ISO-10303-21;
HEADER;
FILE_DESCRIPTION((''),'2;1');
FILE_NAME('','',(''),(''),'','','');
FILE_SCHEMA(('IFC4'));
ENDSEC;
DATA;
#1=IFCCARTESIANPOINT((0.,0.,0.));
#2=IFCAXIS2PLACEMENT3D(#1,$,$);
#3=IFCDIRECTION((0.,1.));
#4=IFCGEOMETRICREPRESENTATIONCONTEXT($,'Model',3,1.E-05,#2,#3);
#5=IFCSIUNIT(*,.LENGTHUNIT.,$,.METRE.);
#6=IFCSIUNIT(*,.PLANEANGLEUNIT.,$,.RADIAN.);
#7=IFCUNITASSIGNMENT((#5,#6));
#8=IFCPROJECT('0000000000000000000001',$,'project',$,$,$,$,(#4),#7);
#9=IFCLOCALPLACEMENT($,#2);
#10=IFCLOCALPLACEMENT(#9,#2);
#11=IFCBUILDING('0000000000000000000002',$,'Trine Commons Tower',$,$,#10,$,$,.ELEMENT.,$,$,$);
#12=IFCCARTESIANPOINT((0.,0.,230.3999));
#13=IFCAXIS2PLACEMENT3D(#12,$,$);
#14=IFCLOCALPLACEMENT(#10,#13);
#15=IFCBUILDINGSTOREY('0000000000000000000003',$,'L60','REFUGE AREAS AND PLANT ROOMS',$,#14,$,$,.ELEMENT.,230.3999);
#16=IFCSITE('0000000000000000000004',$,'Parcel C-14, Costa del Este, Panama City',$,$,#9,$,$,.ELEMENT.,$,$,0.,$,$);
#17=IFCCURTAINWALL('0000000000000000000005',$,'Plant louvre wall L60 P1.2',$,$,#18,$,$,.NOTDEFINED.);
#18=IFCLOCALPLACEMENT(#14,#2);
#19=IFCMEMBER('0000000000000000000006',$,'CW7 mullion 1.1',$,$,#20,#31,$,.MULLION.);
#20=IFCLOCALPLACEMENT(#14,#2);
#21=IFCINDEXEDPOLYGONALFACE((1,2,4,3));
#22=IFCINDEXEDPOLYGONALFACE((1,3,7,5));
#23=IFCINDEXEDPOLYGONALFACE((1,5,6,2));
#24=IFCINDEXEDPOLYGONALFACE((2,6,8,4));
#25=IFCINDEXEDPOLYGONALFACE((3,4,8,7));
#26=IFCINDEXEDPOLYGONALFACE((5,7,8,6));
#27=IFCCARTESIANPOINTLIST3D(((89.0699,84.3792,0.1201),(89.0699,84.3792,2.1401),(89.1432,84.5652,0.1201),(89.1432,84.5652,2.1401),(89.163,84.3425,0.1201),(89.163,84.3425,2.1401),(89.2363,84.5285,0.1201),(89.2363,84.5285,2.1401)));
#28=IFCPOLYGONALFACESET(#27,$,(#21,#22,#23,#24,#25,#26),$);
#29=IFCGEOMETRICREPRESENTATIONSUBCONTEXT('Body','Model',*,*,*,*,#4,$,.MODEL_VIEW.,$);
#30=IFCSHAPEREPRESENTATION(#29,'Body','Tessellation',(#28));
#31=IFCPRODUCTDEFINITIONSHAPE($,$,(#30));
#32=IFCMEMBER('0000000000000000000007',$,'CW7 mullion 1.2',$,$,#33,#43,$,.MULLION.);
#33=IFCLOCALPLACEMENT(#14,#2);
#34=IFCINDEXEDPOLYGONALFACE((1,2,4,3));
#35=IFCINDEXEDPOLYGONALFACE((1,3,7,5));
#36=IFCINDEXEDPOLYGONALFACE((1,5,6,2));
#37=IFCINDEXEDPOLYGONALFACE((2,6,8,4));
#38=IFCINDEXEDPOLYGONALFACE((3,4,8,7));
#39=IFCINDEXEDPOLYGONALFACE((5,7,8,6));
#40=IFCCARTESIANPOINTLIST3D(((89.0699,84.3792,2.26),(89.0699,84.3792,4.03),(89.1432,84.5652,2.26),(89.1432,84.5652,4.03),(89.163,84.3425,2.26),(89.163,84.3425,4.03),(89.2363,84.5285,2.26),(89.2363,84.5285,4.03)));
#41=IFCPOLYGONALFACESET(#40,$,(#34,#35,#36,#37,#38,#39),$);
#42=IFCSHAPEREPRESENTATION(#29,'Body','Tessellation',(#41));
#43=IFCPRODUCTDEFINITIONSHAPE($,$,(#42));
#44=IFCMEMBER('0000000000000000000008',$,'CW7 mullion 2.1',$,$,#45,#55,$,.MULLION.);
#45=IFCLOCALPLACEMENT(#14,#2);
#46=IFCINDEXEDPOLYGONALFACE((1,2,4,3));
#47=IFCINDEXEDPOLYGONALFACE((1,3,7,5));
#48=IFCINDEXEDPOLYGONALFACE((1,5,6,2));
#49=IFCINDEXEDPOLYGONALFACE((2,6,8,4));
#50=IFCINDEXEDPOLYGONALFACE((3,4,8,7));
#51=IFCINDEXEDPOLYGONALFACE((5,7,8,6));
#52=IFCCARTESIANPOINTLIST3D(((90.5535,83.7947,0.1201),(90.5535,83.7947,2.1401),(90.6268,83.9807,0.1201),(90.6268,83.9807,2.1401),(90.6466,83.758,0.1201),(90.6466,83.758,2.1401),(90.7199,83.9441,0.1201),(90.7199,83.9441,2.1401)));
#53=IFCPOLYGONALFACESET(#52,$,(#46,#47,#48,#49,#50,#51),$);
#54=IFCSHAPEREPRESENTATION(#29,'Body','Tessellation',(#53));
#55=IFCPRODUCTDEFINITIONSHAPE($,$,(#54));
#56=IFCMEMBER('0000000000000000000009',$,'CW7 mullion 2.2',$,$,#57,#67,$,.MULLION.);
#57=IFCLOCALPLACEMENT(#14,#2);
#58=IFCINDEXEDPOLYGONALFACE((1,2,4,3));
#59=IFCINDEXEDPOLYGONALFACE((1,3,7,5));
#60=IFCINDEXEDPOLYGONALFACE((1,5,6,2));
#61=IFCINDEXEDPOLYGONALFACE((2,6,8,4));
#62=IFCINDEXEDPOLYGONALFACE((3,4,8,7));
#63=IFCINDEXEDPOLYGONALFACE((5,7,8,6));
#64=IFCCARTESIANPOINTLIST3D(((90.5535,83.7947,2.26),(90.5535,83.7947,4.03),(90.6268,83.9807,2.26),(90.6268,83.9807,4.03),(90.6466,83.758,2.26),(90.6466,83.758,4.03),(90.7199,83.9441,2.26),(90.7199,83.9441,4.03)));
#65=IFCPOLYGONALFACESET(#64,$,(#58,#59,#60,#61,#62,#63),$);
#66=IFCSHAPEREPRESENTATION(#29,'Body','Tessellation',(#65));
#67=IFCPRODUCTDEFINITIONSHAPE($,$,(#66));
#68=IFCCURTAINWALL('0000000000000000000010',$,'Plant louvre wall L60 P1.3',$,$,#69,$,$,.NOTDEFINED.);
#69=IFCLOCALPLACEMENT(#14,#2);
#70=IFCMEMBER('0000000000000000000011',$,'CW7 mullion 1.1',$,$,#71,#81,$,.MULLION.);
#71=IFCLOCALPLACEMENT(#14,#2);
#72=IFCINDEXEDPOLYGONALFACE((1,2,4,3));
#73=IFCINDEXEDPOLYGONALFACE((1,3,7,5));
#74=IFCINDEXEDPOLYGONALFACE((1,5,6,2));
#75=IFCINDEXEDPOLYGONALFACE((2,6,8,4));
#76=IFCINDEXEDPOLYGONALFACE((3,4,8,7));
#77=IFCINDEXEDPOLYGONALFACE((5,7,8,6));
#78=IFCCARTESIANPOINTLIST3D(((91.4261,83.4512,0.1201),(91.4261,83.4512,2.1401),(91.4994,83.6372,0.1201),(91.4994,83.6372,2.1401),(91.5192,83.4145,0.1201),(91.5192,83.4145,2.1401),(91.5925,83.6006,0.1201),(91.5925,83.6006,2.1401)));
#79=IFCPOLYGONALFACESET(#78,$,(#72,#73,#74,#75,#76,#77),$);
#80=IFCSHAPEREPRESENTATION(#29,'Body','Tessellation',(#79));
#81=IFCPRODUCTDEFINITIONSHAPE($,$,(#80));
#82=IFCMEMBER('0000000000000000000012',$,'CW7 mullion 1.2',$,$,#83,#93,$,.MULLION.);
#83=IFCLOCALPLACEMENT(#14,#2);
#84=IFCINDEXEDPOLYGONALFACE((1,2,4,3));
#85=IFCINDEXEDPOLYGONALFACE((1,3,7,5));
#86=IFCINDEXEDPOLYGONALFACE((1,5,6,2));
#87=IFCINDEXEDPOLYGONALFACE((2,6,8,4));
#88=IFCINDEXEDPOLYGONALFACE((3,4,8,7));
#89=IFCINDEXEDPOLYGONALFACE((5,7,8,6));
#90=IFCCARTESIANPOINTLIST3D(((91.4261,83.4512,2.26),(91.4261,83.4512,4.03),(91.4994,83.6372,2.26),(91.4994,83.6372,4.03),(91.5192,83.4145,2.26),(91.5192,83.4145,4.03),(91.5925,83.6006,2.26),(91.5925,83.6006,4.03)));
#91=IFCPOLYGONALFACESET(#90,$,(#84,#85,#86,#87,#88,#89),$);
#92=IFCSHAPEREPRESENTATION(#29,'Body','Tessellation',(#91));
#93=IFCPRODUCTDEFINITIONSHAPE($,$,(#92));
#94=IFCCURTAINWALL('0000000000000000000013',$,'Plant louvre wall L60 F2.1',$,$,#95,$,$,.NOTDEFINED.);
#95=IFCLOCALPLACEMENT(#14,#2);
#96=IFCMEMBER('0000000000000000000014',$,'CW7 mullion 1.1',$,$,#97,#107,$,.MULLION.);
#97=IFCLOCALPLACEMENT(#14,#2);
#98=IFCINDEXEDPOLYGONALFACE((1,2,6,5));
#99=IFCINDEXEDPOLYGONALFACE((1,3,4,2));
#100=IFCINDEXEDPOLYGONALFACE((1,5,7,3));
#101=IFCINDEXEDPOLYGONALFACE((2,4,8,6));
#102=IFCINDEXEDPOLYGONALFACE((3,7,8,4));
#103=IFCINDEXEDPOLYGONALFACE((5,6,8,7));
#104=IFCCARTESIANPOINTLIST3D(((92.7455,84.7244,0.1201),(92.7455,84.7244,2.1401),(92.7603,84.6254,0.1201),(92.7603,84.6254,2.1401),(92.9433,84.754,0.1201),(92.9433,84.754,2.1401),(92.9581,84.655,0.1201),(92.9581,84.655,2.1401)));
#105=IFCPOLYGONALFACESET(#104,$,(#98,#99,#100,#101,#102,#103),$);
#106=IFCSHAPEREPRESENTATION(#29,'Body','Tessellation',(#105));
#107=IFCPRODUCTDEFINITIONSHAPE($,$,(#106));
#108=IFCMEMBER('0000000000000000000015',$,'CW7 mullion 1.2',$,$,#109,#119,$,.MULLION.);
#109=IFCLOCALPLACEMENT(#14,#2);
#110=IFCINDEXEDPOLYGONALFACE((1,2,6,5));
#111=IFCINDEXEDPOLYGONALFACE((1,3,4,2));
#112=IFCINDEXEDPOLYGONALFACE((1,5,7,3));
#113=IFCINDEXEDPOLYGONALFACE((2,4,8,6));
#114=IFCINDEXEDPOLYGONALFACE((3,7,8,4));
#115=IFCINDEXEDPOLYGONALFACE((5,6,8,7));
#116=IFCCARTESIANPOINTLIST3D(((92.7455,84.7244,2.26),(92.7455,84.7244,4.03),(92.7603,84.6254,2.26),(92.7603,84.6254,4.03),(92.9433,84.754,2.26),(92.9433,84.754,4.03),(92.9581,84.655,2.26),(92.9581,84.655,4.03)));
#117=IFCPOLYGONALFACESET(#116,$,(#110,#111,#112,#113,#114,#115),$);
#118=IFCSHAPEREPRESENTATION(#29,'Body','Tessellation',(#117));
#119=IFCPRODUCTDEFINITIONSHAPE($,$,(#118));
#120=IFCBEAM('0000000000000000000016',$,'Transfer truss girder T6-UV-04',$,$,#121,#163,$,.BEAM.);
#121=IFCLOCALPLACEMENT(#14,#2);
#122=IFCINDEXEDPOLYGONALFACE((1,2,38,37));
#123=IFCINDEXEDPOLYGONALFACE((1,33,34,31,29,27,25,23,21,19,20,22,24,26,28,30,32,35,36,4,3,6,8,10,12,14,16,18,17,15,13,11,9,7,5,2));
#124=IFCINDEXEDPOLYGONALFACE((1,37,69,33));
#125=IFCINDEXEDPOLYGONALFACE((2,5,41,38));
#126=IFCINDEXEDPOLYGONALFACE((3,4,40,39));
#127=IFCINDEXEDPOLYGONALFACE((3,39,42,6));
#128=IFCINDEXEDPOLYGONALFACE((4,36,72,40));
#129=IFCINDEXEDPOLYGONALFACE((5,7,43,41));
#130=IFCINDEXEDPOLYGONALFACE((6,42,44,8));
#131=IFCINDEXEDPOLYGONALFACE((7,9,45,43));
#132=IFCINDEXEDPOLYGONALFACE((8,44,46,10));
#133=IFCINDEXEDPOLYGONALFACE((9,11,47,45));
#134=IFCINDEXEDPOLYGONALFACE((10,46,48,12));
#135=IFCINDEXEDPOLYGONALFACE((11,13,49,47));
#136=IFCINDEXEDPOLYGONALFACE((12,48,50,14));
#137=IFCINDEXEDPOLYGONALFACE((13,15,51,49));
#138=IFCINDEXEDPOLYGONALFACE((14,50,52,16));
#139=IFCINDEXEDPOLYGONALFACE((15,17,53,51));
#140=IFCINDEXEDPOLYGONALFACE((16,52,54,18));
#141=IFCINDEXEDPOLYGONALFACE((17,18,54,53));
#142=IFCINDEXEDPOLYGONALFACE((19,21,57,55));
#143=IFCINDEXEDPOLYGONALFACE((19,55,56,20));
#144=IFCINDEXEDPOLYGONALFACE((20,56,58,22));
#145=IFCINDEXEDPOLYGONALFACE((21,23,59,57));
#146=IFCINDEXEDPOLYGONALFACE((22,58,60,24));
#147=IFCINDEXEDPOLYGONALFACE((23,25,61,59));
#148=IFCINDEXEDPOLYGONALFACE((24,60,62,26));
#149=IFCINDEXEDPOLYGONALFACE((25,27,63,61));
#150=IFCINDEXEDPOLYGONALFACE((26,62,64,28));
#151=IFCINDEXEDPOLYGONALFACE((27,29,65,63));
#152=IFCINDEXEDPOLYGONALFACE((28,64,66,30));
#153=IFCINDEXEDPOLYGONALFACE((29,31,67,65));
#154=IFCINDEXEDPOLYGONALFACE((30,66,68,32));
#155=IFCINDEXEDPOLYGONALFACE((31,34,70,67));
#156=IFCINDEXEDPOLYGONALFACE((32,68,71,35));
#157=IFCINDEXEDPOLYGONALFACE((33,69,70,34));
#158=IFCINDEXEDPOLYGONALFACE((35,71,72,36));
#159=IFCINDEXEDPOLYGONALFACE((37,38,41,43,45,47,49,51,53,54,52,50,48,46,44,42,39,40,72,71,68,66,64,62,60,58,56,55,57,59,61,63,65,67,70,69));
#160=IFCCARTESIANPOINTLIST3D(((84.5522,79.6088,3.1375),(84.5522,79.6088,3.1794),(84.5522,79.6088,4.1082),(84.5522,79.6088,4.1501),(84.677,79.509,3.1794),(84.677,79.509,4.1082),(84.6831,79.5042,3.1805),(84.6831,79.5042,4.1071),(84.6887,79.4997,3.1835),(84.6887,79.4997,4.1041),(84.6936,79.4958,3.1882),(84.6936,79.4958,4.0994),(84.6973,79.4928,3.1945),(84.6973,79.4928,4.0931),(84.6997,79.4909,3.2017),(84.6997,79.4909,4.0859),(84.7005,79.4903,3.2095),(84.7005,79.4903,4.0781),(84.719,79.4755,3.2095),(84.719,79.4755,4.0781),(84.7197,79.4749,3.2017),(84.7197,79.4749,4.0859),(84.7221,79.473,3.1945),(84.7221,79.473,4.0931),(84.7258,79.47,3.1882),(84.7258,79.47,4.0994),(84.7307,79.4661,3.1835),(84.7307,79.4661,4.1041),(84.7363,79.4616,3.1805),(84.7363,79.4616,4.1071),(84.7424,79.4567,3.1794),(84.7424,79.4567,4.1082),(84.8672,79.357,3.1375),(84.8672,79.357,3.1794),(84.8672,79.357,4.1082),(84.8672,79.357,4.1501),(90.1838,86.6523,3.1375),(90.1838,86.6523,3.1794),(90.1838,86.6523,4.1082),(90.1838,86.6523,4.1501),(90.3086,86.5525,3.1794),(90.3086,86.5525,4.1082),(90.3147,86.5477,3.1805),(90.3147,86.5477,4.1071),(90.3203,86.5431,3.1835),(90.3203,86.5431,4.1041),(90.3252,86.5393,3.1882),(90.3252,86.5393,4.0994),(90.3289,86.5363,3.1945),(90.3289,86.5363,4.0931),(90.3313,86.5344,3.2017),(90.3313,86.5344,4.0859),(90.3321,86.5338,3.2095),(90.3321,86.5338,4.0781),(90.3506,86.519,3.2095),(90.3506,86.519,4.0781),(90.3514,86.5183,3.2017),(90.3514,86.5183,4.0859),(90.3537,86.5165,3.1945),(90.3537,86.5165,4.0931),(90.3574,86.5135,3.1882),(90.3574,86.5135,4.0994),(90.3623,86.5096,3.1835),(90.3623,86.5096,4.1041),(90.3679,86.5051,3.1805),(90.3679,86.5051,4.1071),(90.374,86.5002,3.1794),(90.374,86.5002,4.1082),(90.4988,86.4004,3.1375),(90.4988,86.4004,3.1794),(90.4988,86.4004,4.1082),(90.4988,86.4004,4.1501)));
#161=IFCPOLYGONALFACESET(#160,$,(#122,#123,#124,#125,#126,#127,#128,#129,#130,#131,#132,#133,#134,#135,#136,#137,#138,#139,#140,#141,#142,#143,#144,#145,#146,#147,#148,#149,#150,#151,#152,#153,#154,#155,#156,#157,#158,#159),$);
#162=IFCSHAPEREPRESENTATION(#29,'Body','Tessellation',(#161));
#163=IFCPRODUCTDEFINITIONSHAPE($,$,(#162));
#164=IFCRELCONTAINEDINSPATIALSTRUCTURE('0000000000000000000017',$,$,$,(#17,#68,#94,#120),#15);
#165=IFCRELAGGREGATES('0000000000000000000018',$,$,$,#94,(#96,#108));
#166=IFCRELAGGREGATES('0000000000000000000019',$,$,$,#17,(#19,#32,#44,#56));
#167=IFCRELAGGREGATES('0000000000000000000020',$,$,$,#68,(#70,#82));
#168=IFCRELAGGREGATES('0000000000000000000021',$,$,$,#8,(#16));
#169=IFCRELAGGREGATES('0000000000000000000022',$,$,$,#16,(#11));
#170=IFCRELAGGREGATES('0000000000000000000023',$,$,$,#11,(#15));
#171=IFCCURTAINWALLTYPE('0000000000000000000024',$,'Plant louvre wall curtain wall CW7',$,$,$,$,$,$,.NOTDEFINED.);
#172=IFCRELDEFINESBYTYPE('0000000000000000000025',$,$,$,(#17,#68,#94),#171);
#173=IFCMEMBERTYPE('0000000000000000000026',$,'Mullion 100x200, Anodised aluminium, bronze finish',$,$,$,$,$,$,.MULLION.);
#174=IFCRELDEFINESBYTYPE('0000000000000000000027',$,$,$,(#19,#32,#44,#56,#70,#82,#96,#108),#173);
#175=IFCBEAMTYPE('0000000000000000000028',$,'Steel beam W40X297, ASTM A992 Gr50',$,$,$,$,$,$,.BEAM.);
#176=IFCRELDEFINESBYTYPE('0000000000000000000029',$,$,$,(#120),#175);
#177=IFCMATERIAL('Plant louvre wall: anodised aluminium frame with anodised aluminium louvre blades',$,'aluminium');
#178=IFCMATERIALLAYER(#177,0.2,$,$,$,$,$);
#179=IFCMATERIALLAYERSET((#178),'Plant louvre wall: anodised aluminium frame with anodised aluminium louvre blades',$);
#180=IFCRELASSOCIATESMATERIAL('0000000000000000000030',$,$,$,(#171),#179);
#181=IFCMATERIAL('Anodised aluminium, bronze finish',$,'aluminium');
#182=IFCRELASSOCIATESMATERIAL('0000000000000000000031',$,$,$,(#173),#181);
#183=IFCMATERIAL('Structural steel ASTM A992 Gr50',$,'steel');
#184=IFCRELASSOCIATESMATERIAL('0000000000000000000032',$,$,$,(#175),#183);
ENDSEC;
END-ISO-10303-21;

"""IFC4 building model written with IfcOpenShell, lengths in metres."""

from ifc_helpers import new_model, si_unit, direction, frame, origin, origin_2d, place, context, subcontext, project, spatial, rectangle, i_section, extrude, material, layer, layer_set, material_profile, profile_set, type_object, element, aggregate, save


model = new_model("IFC4")

# Units and contexts
model_context = context("Model", 3, precision=1e-05, world=origin(), true_north=direction((0.0, 1.0)))
body_context = subcontext(model_context, "Body", "Model", "MODEL_VIEW")
ifc_project = project(units=[si_unit("LENGTHUNIT", "METRE"), si_unit("PLANEANGLEUNIT", "RADIAN")], contexts=[model_context])

# Site, building, storey
site_placement = place(None, origin())
site = spatial("IfcSite", under=ifc_project, at=site_placement, Name="Parcel C-14, Costa del Este, Panama City", CompositionType="ELEMENT", RefElevation=0.0)
building_placement = place(site_placement, origin())
building = spatial("IfcBuilding", under=site, at=building_placement, Name="Trine Commons Tower", CompositionType="ELEMENT")
storey_placement = place(building_placement, frame((0.0, 0.0, 230.3999)))
storey = spatial("IfcBuildingStorey", under=building, at=storey_placement, Name="L60", Description="REFUGE AREAS AND PLANT ROOMS", CompositionType="ELEMENT", Elevation=230.3999)

# Curtain walls, members
ifc_material_1 = material(Name="Plant louvre wall: anodised aluminium frame with anodised aluminium louvre blades", Category="aluminium")
ifc_layer_1 = layer(ifc_material_1, 0.2)
ifc_layer_set_1 = layer_set([ifc_layer_1], Name="Plant louvre wall: anodised aluminium frame with anodised aluminium louvre blades")
curtain_wall_type = type_object("IfcCurtainWallType", Name="Plant louvre wall curtain wall CW7", PredefinedType="NOTDEFINED", material=ifc_layer_set_1)
curtain_wall_1_placement = place(storey_placement, origin())
curtain_wall_1 = element("IfcCurtainWall", 1, at=curtain_wall_1_placement, inside=storey, type_object=curtain_wall_type, Name="Plant louvre wall L60 P1.2", PredefinedType="NOTDEFINED")
ifc_material_2 = material(Name="Anodised aluminium, bronze finish", Category="aluminium")
ifc_material_profile_1 = material_profile(ifc_material_2, rectangle(XDim=0.2, YDim=0.1001, at=origin_2d()), Name="Mullion 100x200")
ifc_profile_set_1 = profile_set([ifc_material_profile_1], Name="Anodised aluminium, bronze finish")
member_type_1 = type_object("IfcMemberType", Name="Mullion 100x200, Anodised aluminium, bronze finish", PredefinedType="MULLION", material=ifc_profile_set_1)
member_1_placement = place(storey_placement, frame((89.1531, 84.4539, 0.1201), z_axis=(0.0, 0.0, 1.0), x_axis=(0.366501, 0.930418, 0.0)))
member_1 = element("IfcMember", 2, at=member_1_placement, type_object=member_type_1, Name="CW7 mullion 1.1", PredefinedType="MULLION", context=body_context, shape_type="SweptSolid", body=[
    extrude(rectangle(XDim=0.2, YDim=0.1001, at=origin_2d()), origin(), (0.0, 0.0, 1.0), 2.02),
])
member_2_placement = place(storey_placement, frame((89.1531, 84.4539, 2.26), z_axis=(0.0, 0.0, 1.0), x_axis=(0.366501, 0.930418, 0.0)))
member_2 = element("IfcMember", 3, at=member_2_placement, type_object=member_type_1, Name="CW7 mullion 1.2", PredefinedType="MULLION", context=body_context, shape_type="SweptSolid", body=[
    extrude(rectangle(XDim=0.2, YDim=0.1001, at=origin_2d()), origin(), (0.0, 0.0, 1.0), 1.77),
])
member_3_placement = place(storey_placement, frame((90.6367, 83.8694, 0.1201), z_axis=(0.0, 0.0, 1.0), x_axis=(0.366501, 0.930418, 0.0)))
member_3 = element("IfcMember", 4, at=member_3_placement, type_object=member_type_1, Name="CW7 mullion 2.1", PredefinedType="MULLION", context=body_context, shape_type="SweptSolid", body=[
    extrude(rectangle(XDim=0.2, YDim=0.1001, at=origin_2d()), origin(), (0.0, 0.0, 1.0), 2.02),
])
member_4_placement = place(storey_placement, frame((90.6367, 83.8694, 2.26), z_axis=(0.0, 0.0, 1.0), x_axis=(0.366501, 0.930418, 0.0)))
member_4 = element("IfcMember", 5, at=member_4_placement, type_object=member_type_1, Name="CW7 mullion 2.2", PredefinedType="MULLION", context=body_context, shape_type="SweptSolid", body=[
    extrude(rectangle(XDim=0.2, YDim=0.1001, at=origin_2d()), origin(), (0.0, 0.0, 1.0), 1.77),
])
curtain_wall_2_placement = place(storey_placement, origin())
curtain_wall_2 = element("IfcCurtainWall", 6, at=curtain_wall_2_placement, inside=storey, type_object=curtain_wall_type, Name="Plant louvre wall L60 P1.3", PredefinedType="NOTDEFINED")
member_5_placement = place(storey_placement, frame((91.5093, 83.5259, 0.1201), z_axis=(0.0, 0.0, 1.0), x_axis=(0.366501, 0.930418, 0.0)))
member_5 = element("IfcMember", 7, at=member_5_placement, type_object=member_type_1, Name="CW7 mullion 1.1", PredefinedType="MULLION", context=body_context, shape_type="SweptSolid", body=[
    extrude(rectangle(XDim=0.2, YDim=0.1001, at=origin_2d()), origin(), (0.0, 0.0, 1.0), 2.02),
])
member_6_placement = place(storey_placement, frame((91.5093, 83.5259, 2.26), z_axis=(0.0, 0.0, 1.0), x_axis=(0.366501, 0.930418, 0.0)))
member_6 = element("IfcMember", 8, at=member_6_placement, type_object=member_type_1, Name="CW7 mullion 1.2", PredefinedType="MULLION", context=body_context, shape_type="SweptSolid", body=[
    extrude(rectangle(XDim=0.2, YDim=0.1001, at=origin_2d()), origin(), (0.0, 0.0, 1.0), 1.77),
])
curtain_wall_3_placement = place(storey_placement, origin())
curtain_wall_3 = element("IfcCurtainWall", 9, at=curtain_wall_3_placement, inside=storey, type_object=curtain_wall_type, Name="Plant louvre wall L60 F2.1", PredefinedType="NOTDEFINED")
member_7_placement = place(storey_placement, frame((92.8518, 84.6897, 0.1201), z_axis=(0.0, 0.0, 1.0), x_axis=(0.989016, 0.147809, 0.0)))
member_7 = element("IfcMember", 10, at=member_7_placement, type_object=member_type_1, Name="CW7 mullion 1.1", PredefinedType="MULLION", context=body_context, shape_type="SweptSolid", body=[
    extrude(rectangle(XDim=0.2, YDim=0.1001, at=origin_2d()), origin(), (0.0, 0.0, 1.0), 2.02),
])
member_8_placement = place(storey_placement, frame((92.8518, 84.6897, 2.26), z_axis=(0.0, 0.0, 1.0), x_axis=(0.989016, 0.147809, 0.0)))
member_8 = element("IfcMember", 11, at=member_8_placement, type_object=member_type_1, Name="CW7 mullion 1.2", PredefinedType="MULLION", context=body_context, shape_type="SweptSolid", body=[
    extrude(rectangle(XDim=0.2, YDim=0.1001, at=origin_2d()), origin(), (0.0, 0.0, 1.0), 1.77),
])

# Beam
ifc_material_3 = material(Name="Structural steel ASTM A992 Gr50", Category="steel")
ifc_material_profile_2 = material_profile(ifc_material_3, i_section(OverallWidth=0.4033, OverallDepth=1.0127, WebThickness=0.0237, FlangeThickness=0.042, FilletRadius=0.03, at=origin_2d()), Name="W40X297")
ifc_profile_set_2 = profile_set([ifc_material_profile_2], Name="Structural steel ASTM A992 Gr50")
beam_type = type_object("IfcBeamType", Name="Steel beam W40X297, ASTM A992 Gr50", PredefinedType="BEAM", material=ifc_profile_set_2)
beam_placement = place(storey_placement, frame((90.3413, 86.5264, 3.6438), z_axis=(-0.62448, -0.78104, 0.0), x_axis=(0.78104, -0.62448, 0.0)))
element("IfcBeam", 12, at=beam_placement, inside=storey, type_object=beam_type, Name="Transfer truss girder T6-UV-04", PredefinedType="BEAM", context=body_context, shape_type="SweptSolid", body=[
    extrude(i_section(OverallWidth=0.4033, OverallDepth=1.0127, WebThickness=0.0237, FlangeThickness=0.042, FilletRadius=0.03, at=origin_2d()), origin(), (0.0, 0.0, 1.0), 9.0181),
])

aggregate(curtain_wall_3, [member_7, member_8])

aggregate(curtain_wall_1, [member_1, member_2, member_3, member_4])
aggregate(curtain_wall_2, [member_5, member_6])

save(model, "model.ifc")
